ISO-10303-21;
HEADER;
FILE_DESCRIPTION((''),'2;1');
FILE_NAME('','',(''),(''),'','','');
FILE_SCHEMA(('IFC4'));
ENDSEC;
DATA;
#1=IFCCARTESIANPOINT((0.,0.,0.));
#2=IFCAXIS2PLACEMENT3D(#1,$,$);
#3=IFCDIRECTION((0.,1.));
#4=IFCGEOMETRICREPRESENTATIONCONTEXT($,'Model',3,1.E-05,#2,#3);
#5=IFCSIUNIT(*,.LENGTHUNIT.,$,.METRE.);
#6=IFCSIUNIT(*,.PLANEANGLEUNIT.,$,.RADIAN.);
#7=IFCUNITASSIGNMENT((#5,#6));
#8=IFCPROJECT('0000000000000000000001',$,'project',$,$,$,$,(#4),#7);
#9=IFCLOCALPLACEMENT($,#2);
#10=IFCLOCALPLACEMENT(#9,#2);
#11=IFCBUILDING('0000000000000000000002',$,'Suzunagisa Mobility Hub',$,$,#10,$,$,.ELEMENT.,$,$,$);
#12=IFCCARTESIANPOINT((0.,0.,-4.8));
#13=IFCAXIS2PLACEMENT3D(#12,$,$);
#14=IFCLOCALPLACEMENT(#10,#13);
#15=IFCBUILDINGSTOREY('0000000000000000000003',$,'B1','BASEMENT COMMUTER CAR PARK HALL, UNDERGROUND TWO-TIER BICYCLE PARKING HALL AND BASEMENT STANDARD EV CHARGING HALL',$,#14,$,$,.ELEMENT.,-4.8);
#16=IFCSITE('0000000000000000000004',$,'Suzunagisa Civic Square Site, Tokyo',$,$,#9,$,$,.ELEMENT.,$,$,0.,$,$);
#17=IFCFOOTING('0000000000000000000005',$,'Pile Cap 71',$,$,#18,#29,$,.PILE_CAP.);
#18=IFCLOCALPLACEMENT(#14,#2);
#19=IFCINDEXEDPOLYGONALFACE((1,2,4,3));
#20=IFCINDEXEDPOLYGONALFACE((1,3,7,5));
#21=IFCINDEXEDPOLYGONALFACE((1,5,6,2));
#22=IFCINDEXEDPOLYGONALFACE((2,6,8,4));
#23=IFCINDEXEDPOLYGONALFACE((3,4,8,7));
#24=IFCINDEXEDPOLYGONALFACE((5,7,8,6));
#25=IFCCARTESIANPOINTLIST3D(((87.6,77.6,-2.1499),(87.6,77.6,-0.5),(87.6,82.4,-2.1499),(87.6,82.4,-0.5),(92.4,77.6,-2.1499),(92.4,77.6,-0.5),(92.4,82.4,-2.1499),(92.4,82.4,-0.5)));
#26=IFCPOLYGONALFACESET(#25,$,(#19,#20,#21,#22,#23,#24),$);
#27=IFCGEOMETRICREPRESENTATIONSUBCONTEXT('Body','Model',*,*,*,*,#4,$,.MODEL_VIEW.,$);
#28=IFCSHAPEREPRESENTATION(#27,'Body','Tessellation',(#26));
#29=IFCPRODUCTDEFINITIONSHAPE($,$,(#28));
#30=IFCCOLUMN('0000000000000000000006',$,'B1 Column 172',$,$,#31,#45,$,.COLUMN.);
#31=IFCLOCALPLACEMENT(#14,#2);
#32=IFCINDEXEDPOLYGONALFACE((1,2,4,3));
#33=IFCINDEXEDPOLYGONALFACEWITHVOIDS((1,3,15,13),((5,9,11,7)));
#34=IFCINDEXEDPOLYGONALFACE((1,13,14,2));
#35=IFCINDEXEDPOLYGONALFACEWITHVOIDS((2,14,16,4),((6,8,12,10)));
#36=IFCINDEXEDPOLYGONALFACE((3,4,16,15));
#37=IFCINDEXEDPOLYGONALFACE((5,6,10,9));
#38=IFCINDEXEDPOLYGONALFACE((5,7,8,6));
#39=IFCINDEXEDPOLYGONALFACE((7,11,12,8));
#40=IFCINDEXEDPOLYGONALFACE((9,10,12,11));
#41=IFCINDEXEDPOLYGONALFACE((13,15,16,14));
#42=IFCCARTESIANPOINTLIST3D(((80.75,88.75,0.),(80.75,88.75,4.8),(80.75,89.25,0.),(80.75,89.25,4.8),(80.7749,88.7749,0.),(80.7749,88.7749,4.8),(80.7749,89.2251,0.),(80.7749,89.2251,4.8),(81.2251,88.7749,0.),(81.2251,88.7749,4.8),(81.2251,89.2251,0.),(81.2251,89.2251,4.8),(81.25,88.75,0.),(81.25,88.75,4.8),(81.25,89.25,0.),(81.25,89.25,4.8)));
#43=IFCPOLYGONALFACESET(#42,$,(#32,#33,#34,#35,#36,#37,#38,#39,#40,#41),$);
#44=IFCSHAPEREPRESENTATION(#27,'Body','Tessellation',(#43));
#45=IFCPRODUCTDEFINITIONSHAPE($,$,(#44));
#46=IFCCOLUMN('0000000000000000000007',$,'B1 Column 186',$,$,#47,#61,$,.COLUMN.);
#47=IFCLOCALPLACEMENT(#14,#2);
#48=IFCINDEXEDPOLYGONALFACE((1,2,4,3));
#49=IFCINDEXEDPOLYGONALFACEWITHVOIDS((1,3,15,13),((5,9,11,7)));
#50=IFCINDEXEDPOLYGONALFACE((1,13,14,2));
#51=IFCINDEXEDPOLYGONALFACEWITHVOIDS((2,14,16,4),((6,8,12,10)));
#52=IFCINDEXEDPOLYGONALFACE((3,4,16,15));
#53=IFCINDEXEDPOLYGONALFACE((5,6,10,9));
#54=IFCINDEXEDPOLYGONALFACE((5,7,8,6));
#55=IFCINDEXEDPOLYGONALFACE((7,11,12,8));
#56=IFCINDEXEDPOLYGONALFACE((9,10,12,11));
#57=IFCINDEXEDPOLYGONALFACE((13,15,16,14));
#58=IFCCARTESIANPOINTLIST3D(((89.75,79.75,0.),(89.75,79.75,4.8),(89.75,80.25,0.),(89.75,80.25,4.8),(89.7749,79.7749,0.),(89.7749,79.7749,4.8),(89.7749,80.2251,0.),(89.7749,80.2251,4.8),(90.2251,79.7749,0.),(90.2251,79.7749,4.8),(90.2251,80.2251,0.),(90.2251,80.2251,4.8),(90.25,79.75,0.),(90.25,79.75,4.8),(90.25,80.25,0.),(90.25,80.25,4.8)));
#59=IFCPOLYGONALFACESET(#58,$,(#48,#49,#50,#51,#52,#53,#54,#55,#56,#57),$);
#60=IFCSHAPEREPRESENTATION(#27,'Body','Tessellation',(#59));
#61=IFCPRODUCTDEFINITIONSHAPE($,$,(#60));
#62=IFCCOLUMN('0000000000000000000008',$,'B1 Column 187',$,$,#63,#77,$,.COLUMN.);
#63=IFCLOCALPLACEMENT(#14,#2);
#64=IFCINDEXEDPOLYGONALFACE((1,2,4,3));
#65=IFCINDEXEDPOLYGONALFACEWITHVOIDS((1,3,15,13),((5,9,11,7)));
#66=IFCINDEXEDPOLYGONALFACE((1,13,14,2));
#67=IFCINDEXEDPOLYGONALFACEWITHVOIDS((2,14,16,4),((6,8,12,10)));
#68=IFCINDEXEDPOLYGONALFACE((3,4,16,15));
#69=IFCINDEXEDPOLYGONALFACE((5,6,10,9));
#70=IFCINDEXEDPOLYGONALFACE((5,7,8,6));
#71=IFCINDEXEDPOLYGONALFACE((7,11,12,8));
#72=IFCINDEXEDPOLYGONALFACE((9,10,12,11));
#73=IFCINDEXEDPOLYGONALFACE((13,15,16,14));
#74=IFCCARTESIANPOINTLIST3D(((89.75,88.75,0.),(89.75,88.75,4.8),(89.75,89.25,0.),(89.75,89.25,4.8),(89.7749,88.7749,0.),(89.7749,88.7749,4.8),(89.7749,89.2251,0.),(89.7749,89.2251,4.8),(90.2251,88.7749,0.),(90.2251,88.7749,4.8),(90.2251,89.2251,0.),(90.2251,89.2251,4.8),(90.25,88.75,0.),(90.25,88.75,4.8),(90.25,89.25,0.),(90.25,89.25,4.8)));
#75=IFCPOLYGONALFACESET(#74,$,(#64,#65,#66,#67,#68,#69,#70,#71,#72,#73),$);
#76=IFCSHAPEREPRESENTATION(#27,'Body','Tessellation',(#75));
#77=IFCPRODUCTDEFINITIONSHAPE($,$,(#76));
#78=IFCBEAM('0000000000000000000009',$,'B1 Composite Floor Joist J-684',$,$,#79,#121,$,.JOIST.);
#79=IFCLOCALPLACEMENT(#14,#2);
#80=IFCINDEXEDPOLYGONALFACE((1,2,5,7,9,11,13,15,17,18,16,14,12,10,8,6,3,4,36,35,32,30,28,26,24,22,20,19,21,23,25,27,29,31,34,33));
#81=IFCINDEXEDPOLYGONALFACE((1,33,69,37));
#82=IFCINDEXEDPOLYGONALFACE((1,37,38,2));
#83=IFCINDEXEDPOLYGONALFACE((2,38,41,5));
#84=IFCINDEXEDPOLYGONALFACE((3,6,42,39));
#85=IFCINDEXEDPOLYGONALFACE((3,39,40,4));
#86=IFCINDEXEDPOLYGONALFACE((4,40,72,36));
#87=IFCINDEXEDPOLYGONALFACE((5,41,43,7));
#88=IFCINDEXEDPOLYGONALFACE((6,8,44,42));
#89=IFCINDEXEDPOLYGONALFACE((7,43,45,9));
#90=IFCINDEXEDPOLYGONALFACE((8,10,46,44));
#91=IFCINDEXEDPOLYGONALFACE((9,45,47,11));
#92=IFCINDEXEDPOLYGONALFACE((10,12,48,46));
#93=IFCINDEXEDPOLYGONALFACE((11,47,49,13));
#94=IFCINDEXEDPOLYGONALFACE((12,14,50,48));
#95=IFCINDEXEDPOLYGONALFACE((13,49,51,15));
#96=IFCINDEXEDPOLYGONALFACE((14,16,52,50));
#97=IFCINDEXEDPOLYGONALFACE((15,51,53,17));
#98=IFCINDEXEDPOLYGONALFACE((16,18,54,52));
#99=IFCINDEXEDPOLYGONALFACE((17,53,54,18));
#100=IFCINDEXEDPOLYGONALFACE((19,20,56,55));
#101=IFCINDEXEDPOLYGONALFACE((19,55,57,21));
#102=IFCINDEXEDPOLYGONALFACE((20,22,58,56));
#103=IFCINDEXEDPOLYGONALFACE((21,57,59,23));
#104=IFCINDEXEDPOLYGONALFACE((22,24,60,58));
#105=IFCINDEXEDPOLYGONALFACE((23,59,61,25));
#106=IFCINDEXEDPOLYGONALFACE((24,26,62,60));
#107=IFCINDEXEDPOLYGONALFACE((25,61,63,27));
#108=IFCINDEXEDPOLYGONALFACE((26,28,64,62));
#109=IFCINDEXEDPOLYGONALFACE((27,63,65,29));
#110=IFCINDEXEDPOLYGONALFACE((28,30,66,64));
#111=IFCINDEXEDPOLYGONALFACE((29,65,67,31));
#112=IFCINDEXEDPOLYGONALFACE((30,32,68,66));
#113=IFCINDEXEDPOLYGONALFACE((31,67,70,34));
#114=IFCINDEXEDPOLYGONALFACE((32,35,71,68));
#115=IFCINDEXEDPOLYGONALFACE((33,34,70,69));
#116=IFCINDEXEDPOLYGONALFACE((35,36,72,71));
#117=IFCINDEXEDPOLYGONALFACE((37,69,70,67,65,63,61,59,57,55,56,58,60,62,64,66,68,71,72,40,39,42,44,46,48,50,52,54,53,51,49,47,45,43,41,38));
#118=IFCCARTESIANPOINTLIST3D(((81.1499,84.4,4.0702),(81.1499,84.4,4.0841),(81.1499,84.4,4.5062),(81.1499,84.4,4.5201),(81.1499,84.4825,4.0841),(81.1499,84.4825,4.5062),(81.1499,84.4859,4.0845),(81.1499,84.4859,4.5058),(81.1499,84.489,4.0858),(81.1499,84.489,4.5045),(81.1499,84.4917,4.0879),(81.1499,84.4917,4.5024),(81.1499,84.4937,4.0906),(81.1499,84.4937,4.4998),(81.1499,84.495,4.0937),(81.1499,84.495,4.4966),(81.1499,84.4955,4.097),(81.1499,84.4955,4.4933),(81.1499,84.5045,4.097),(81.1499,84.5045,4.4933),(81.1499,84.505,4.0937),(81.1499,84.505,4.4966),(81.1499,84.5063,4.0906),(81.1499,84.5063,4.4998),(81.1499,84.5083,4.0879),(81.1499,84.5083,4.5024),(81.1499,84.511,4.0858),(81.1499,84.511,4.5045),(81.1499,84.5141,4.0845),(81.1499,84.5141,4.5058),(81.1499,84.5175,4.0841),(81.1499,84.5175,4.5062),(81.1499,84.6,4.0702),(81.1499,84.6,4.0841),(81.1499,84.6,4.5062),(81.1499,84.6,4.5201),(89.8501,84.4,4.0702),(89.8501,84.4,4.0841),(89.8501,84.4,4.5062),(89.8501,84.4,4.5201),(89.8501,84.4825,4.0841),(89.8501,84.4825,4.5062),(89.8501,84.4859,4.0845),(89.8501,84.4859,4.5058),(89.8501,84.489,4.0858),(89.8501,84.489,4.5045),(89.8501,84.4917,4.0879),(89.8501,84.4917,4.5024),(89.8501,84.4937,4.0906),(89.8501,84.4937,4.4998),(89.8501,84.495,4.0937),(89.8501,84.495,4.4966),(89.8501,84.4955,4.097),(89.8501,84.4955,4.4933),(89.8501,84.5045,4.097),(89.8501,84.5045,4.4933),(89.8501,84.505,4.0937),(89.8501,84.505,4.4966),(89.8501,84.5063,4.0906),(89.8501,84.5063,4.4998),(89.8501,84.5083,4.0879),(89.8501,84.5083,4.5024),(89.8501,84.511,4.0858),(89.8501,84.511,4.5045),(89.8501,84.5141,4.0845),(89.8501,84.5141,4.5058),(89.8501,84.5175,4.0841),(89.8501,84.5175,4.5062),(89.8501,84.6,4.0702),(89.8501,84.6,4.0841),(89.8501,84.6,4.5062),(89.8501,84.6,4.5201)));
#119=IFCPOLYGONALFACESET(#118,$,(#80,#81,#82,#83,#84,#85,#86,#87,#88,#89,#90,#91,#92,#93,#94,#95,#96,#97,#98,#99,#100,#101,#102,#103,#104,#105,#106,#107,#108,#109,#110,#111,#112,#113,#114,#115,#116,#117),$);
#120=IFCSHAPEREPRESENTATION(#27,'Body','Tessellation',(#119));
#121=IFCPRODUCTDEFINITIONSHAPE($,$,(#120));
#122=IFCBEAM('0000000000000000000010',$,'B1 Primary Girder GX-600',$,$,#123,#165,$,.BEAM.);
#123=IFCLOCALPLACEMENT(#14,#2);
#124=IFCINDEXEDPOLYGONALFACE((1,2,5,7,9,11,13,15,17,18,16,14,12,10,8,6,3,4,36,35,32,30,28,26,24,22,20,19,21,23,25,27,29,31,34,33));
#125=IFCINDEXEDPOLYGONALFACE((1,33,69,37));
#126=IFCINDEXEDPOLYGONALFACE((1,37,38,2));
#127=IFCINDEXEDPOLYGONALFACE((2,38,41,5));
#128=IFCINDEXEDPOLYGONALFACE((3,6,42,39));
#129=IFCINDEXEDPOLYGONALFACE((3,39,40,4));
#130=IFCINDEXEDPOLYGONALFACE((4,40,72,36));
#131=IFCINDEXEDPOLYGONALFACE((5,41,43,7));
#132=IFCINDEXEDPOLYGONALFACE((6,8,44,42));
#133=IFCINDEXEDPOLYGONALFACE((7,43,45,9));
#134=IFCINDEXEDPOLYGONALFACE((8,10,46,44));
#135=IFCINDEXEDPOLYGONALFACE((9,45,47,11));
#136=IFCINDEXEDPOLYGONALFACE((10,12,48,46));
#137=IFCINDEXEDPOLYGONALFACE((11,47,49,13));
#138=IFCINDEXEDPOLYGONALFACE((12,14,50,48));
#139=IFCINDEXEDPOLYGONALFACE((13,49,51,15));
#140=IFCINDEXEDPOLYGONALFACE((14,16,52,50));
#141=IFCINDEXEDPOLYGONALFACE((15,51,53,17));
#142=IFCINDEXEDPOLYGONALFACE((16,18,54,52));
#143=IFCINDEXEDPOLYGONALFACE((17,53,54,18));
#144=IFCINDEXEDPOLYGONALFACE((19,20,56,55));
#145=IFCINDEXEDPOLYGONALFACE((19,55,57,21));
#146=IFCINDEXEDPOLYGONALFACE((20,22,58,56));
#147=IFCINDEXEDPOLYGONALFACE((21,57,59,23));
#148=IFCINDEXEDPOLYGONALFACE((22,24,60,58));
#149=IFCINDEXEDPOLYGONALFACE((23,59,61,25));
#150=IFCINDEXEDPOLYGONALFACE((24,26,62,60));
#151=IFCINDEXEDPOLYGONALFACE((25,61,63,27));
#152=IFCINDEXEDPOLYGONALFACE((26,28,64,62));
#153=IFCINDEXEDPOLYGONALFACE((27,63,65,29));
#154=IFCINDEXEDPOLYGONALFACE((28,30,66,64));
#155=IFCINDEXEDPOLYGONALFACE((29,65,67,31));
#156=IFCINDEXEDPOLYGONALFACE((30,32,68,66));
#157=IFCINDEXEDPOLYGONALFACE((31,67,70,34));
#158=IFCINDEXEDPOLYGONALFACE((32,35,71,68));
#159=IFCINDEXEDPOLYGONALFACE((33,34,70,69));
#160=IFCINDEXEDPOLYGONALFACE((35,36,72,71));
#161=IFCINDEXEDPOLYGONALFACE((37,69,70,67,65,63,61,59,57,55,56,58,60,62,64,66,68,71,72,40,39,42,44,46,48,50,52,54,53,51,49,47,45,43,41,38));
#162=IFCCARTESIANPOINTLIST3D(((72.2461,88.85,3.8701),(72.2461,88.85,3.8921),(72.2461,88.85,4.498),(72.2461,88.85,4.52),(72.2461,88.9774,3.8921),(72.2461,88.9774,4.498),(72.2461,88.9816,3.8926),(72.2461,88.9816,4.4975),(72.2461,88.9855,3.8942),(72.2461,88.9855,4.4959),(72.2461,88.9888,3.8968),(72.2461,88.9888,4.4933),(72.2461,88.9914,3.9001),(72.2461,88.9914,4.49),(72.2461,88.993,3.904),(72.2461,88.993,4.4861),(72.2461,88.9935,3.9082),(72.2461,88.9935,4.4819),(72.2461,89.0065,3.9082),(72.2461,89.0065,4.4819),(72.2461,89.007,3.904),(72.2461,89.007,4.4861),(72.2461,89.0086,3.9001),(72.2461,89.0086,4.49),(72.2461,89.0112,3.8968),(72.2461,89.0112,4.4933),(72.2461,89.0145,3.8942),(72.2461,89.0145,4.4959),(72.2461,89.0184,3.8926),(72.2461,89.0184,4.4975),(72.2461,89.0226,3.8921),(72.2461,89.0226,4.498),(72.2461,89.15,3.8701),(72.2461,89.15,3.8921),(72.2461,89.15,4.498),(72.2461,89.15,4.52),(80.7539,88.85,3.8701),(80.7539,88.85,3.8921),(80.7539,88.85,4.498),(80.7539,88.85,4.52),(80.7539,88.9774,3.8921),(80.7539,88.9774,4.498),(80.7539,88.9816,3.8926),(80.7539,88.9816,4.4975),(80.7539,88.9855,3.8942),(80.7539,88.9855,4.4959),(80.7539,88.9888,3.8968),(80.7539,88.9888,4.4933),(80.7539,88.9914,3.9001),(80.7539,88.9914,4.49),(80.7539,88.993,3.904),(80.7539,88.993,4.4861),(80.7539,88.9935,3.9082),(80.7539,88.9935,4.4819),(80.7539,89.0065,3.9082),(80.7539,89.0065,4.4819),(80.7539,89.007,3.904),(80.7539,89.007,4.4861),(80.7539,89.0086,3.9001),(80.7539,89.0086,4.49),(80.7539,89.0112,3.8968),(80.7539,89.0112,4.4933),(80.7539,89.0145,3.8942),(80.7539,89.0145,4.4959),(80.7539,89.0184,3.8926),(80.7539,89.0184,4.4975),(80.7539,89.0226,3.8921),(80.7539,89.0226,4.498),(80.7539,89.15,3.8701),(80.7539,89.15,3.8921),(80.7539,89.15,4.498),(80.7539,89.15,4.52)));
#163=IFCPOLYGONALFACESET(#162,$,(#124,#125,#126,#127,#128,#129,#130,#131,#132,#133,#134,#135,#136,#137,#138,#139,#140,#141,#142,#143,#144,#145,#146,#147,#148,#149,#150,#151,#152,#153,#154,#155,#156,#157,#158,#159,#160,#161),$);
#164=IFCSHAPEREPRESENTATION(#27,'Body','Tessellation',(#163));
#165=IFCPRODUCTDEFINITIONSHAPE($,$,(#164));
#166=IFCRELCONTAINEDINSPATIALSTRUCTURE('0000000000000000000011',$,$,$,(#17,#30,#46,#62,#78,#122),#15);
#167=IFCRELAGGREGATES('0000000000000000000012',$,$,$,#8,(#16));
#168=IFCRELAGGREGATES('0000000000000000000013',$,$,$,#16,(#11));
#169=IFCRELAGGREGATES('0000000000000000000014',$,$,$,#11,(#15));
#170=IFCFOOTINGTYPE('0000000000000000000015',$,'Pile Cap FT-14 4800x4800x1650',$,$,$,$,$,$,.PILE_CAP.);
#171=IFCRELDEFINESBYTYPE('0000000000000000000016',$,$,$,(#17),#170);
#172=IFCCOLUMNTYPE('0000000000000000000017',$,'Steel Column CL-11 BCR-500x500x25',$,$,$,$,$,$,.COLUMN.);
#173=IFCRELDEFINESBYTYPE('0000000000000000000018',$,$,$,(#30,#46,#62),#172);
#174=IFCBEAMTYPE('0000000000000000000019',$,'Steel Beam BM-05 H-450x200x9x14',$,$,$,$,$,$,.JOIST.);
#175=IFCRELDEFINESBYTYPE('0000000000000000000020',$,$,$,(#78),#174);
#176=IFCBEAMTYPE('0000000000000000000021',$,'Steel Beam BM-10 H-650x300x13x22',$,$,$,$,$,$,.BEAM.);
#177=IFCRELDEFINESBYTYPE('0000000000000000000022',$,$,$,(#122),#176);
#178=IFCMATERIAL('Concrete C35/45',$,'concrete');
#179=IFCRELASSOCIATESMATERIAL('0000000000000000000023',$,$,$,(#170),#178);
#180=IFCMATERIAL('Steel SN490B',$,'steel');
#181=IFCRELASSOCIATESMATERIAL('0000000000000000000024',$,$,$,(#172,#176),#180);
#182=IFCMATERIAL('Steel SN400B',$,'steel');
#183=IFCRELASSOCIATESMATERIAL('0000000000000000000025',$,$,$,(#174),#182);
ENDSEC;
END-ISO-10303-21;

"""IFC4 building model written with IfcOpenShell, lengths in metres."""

from ifc_helpers import new_model, si_unit, direction, frame, origin, origin_2d, place, context, subcontext, project, spatial, rectangle, hollow_rectangle, i_section, extrude, material, material_profile, profile_set, type_object, element, save


model = new_model("IFC4")

# Units and contexts
model_context = context("Model", 3, precision=1e-05, world=origin(), true_north=direction((0.0, 1.0)))
body_context = subcontext(model_context, "Body", "Model", "MODEL_VIEW")
ifc_project = project(units=[si_unit("LENGTHUNIT", "METRE"), si_unit("PLANEANGLEUNIT", "RADIAN")], contexts=[model_context])

# Site, building, storey
site_placement = place(None, origin())
site = spatial("IfcSite", under=ifc_project, at=site_placement, Name="Suzunagisa Civic Square Site, Tokyo", CompositionType="ELEMENT", RefElevation=0.0)
building_placement = place(site_placement, origin())
building = spatial("IfcBuilding", under=site, at=building_placement, Name="Suzunagisa Mobility Hub", CompositionType="ELEMENT")
storey_placement = place(building_placement, frame((0.0, 0.0, -4.8)))
storey = spatial("IfcBuildingStorey", under=building, at=storey_placement, Name="B1", Description="BASEMENT COMMUTER CAR PARK HALL, UNDERGROUND TWO-TIER BICYCLE PARKING HALL AND BASEMENT STANDARD EV CHARGING HALL", CompositionType="ELEMENT", Elevation=-4.8)

# Footing
ifc_material_1 = material(Name="Concrete C35/45", Category="concrete")
footing_type = type_object("IfcFootingType", Name="Pile Cap FT-14 4800x4800x1650", PredefinedType="PILE_CAP", material=ifc_material_1)
footing_placement = place(storey_placement, frame((90.0, 80.0, -2.1499), z_axis=(0.0, 0.0, 1.0), x_axis=(1.0, 0.0, 0.0)))
element("IfcFooting", 1, at=footing_placement, inside=storey, type_object=footing_type, Name="Pile Cap 71", PredefinedType="PILE_CAP", context=body_context, shape_type="SweptSolid", body=[
    extrude(rectangle(XDim=4.8, YDim=4.8, at=origin_2d()), origin(), (0.0, 0.0, 1.0), 1.6499),
])

# Columns
ifc_material_2 = material(Name="Steel SN490B", Category="steel")
ifc_material_profile_1 = material_profile(ifc_material_2, hollow_rectangle(XDim=0.5, YDim=0.5, WallThickness=0.0249, at=origin_2d()), Name="BCR-500x500x25")
ifc_profile_set_1 = profile_set([ifc_material_profile_1], Name="Steel SN490B")
column_type = type_object("IfcColumnType", Name="Steel Column CL-11 BCR-500x500x25", PredefinedType="COLUMN", material=ifc_profile_set_1)
for number, where, z_axis, x_axis, name in (
    (2, (81.0, 89.0, 0.0), (0.0, 0.0, 1.0), (1.0, 0.0, 0.0), "B1 Column 172"),
    (3, (90.0, 80.0, 0.0), (0.0, 0.0, 1.0), (1.0, 0.0, 0.0), "B1 Column 186"),
    (4, (90.0, 89.0, 0.0), (0.0, 0.0, 1.0), (1.0, 0.0, 0.0), "B1 Column 187"),
):
    element("IfcColumn", number, at=place(storey_placement, frame(where, z_axis=z_axis, x_axis=x_axis)), inside=storey, type_object=column_type, Name=name, PredefinedType="COLUMN", context=body_context, shape_type="SweptSolid", body=[
        extrude(hollow_rectangle(XDim=0.5, YDim=0.5, WallThickness=0.0249, at=origin_2d()), origin(), (0.0, 0.0, 1.0), 4.8),
    ])

# Beams
ifc_material_3 = material(Name="Steel SN400B", Category="steel")
ifc_material_profile_2 = material_profile(ifc_material_3, i_section(OverallWidth=0.2, OverallDepth=0.45, WebThickness=0.009, FlangeThickness=0.0139, FilletRadius=0.0129, at=origin_2d()), Name="H-450x200x9x14")
ifc_profile_set_2 = profile_set([ifc_material_profile_2], Name="Steel SN400B")
beam_type_1 = type_object("IfcBeamType", Name="Steel Beam BM-05 H-450x200x9x14", PredefinedType="JOIST", material=ifc_profile_set_2)
beam_1_placement = place(storey_placement, frame((81.1499, 84.5, 4.2952), z_axis=(1.0, 0.0, 0.0), x_axis=(0.0, 1.0, 0.0)))
element("IfcBeam", 5, at=beam_1_placement, inside=storey, type_object=beam_type_1, Name="B1 Composite Floor Joist J-684", PredefinedType="JOIST", context=body_context, shape_type="SweptSolid", body=[
    extrude(i_section(OverallWidth=0.2, OverallDepth=0.45, WebThickness=0.009, FlangeThickness=0.0139, FilletRadius=0.0129, at=origin_2d()), origin(), (0.0, 0.0, 1.0), 8.7002),
])
ifc_material_profile_3 = material_profile(ifc_material_2, i_section(OverallWidth=0.3, OverallDepth=0.6499, WebThickness=0.0129, FlangeThickness=0.022, FilletRadius=0.0161, at=origin_2d()), Name="H-650x300x13x22")
ifc_profile_set_3 = profile_set([ifc_material_profile_3], Name="Steel SN490B")
beam_type_2 = type_object("IfcBeamType", Name="Steel Beam BM-10 H-650x300x13x22", PredefinedType="BEAM", material=ifc_profile_set_3)
for number, where, z_axis, x_axis, name in (
    (6, (72.2461, 89.0, 4.1951), (1.0, 0.0, 0.0), (0.0, 1.0, 0.0), "B1 Primary Girder GX-600"),
):
    element("IfcBeam", number, at=place(storey_placement, frame(where, z_axis=z_axis, x_axis=x_axis)), inside=storey, type_object=beam_type_2, Name=name, PredefinedType="BEAM", context=body_context, shape_type="SweptSolid", body=[
        extrude(i_section(OverallWidth=0.3, OverallDepth=0.6499, WebThickness=0.0129, FlangeThickness=0.022, FilletRadius=0.0161, at=origin_2d()), origin(), (0.0, 0.0, 1.0), 8.5078),
    ])

save(model, "model.ifc")
